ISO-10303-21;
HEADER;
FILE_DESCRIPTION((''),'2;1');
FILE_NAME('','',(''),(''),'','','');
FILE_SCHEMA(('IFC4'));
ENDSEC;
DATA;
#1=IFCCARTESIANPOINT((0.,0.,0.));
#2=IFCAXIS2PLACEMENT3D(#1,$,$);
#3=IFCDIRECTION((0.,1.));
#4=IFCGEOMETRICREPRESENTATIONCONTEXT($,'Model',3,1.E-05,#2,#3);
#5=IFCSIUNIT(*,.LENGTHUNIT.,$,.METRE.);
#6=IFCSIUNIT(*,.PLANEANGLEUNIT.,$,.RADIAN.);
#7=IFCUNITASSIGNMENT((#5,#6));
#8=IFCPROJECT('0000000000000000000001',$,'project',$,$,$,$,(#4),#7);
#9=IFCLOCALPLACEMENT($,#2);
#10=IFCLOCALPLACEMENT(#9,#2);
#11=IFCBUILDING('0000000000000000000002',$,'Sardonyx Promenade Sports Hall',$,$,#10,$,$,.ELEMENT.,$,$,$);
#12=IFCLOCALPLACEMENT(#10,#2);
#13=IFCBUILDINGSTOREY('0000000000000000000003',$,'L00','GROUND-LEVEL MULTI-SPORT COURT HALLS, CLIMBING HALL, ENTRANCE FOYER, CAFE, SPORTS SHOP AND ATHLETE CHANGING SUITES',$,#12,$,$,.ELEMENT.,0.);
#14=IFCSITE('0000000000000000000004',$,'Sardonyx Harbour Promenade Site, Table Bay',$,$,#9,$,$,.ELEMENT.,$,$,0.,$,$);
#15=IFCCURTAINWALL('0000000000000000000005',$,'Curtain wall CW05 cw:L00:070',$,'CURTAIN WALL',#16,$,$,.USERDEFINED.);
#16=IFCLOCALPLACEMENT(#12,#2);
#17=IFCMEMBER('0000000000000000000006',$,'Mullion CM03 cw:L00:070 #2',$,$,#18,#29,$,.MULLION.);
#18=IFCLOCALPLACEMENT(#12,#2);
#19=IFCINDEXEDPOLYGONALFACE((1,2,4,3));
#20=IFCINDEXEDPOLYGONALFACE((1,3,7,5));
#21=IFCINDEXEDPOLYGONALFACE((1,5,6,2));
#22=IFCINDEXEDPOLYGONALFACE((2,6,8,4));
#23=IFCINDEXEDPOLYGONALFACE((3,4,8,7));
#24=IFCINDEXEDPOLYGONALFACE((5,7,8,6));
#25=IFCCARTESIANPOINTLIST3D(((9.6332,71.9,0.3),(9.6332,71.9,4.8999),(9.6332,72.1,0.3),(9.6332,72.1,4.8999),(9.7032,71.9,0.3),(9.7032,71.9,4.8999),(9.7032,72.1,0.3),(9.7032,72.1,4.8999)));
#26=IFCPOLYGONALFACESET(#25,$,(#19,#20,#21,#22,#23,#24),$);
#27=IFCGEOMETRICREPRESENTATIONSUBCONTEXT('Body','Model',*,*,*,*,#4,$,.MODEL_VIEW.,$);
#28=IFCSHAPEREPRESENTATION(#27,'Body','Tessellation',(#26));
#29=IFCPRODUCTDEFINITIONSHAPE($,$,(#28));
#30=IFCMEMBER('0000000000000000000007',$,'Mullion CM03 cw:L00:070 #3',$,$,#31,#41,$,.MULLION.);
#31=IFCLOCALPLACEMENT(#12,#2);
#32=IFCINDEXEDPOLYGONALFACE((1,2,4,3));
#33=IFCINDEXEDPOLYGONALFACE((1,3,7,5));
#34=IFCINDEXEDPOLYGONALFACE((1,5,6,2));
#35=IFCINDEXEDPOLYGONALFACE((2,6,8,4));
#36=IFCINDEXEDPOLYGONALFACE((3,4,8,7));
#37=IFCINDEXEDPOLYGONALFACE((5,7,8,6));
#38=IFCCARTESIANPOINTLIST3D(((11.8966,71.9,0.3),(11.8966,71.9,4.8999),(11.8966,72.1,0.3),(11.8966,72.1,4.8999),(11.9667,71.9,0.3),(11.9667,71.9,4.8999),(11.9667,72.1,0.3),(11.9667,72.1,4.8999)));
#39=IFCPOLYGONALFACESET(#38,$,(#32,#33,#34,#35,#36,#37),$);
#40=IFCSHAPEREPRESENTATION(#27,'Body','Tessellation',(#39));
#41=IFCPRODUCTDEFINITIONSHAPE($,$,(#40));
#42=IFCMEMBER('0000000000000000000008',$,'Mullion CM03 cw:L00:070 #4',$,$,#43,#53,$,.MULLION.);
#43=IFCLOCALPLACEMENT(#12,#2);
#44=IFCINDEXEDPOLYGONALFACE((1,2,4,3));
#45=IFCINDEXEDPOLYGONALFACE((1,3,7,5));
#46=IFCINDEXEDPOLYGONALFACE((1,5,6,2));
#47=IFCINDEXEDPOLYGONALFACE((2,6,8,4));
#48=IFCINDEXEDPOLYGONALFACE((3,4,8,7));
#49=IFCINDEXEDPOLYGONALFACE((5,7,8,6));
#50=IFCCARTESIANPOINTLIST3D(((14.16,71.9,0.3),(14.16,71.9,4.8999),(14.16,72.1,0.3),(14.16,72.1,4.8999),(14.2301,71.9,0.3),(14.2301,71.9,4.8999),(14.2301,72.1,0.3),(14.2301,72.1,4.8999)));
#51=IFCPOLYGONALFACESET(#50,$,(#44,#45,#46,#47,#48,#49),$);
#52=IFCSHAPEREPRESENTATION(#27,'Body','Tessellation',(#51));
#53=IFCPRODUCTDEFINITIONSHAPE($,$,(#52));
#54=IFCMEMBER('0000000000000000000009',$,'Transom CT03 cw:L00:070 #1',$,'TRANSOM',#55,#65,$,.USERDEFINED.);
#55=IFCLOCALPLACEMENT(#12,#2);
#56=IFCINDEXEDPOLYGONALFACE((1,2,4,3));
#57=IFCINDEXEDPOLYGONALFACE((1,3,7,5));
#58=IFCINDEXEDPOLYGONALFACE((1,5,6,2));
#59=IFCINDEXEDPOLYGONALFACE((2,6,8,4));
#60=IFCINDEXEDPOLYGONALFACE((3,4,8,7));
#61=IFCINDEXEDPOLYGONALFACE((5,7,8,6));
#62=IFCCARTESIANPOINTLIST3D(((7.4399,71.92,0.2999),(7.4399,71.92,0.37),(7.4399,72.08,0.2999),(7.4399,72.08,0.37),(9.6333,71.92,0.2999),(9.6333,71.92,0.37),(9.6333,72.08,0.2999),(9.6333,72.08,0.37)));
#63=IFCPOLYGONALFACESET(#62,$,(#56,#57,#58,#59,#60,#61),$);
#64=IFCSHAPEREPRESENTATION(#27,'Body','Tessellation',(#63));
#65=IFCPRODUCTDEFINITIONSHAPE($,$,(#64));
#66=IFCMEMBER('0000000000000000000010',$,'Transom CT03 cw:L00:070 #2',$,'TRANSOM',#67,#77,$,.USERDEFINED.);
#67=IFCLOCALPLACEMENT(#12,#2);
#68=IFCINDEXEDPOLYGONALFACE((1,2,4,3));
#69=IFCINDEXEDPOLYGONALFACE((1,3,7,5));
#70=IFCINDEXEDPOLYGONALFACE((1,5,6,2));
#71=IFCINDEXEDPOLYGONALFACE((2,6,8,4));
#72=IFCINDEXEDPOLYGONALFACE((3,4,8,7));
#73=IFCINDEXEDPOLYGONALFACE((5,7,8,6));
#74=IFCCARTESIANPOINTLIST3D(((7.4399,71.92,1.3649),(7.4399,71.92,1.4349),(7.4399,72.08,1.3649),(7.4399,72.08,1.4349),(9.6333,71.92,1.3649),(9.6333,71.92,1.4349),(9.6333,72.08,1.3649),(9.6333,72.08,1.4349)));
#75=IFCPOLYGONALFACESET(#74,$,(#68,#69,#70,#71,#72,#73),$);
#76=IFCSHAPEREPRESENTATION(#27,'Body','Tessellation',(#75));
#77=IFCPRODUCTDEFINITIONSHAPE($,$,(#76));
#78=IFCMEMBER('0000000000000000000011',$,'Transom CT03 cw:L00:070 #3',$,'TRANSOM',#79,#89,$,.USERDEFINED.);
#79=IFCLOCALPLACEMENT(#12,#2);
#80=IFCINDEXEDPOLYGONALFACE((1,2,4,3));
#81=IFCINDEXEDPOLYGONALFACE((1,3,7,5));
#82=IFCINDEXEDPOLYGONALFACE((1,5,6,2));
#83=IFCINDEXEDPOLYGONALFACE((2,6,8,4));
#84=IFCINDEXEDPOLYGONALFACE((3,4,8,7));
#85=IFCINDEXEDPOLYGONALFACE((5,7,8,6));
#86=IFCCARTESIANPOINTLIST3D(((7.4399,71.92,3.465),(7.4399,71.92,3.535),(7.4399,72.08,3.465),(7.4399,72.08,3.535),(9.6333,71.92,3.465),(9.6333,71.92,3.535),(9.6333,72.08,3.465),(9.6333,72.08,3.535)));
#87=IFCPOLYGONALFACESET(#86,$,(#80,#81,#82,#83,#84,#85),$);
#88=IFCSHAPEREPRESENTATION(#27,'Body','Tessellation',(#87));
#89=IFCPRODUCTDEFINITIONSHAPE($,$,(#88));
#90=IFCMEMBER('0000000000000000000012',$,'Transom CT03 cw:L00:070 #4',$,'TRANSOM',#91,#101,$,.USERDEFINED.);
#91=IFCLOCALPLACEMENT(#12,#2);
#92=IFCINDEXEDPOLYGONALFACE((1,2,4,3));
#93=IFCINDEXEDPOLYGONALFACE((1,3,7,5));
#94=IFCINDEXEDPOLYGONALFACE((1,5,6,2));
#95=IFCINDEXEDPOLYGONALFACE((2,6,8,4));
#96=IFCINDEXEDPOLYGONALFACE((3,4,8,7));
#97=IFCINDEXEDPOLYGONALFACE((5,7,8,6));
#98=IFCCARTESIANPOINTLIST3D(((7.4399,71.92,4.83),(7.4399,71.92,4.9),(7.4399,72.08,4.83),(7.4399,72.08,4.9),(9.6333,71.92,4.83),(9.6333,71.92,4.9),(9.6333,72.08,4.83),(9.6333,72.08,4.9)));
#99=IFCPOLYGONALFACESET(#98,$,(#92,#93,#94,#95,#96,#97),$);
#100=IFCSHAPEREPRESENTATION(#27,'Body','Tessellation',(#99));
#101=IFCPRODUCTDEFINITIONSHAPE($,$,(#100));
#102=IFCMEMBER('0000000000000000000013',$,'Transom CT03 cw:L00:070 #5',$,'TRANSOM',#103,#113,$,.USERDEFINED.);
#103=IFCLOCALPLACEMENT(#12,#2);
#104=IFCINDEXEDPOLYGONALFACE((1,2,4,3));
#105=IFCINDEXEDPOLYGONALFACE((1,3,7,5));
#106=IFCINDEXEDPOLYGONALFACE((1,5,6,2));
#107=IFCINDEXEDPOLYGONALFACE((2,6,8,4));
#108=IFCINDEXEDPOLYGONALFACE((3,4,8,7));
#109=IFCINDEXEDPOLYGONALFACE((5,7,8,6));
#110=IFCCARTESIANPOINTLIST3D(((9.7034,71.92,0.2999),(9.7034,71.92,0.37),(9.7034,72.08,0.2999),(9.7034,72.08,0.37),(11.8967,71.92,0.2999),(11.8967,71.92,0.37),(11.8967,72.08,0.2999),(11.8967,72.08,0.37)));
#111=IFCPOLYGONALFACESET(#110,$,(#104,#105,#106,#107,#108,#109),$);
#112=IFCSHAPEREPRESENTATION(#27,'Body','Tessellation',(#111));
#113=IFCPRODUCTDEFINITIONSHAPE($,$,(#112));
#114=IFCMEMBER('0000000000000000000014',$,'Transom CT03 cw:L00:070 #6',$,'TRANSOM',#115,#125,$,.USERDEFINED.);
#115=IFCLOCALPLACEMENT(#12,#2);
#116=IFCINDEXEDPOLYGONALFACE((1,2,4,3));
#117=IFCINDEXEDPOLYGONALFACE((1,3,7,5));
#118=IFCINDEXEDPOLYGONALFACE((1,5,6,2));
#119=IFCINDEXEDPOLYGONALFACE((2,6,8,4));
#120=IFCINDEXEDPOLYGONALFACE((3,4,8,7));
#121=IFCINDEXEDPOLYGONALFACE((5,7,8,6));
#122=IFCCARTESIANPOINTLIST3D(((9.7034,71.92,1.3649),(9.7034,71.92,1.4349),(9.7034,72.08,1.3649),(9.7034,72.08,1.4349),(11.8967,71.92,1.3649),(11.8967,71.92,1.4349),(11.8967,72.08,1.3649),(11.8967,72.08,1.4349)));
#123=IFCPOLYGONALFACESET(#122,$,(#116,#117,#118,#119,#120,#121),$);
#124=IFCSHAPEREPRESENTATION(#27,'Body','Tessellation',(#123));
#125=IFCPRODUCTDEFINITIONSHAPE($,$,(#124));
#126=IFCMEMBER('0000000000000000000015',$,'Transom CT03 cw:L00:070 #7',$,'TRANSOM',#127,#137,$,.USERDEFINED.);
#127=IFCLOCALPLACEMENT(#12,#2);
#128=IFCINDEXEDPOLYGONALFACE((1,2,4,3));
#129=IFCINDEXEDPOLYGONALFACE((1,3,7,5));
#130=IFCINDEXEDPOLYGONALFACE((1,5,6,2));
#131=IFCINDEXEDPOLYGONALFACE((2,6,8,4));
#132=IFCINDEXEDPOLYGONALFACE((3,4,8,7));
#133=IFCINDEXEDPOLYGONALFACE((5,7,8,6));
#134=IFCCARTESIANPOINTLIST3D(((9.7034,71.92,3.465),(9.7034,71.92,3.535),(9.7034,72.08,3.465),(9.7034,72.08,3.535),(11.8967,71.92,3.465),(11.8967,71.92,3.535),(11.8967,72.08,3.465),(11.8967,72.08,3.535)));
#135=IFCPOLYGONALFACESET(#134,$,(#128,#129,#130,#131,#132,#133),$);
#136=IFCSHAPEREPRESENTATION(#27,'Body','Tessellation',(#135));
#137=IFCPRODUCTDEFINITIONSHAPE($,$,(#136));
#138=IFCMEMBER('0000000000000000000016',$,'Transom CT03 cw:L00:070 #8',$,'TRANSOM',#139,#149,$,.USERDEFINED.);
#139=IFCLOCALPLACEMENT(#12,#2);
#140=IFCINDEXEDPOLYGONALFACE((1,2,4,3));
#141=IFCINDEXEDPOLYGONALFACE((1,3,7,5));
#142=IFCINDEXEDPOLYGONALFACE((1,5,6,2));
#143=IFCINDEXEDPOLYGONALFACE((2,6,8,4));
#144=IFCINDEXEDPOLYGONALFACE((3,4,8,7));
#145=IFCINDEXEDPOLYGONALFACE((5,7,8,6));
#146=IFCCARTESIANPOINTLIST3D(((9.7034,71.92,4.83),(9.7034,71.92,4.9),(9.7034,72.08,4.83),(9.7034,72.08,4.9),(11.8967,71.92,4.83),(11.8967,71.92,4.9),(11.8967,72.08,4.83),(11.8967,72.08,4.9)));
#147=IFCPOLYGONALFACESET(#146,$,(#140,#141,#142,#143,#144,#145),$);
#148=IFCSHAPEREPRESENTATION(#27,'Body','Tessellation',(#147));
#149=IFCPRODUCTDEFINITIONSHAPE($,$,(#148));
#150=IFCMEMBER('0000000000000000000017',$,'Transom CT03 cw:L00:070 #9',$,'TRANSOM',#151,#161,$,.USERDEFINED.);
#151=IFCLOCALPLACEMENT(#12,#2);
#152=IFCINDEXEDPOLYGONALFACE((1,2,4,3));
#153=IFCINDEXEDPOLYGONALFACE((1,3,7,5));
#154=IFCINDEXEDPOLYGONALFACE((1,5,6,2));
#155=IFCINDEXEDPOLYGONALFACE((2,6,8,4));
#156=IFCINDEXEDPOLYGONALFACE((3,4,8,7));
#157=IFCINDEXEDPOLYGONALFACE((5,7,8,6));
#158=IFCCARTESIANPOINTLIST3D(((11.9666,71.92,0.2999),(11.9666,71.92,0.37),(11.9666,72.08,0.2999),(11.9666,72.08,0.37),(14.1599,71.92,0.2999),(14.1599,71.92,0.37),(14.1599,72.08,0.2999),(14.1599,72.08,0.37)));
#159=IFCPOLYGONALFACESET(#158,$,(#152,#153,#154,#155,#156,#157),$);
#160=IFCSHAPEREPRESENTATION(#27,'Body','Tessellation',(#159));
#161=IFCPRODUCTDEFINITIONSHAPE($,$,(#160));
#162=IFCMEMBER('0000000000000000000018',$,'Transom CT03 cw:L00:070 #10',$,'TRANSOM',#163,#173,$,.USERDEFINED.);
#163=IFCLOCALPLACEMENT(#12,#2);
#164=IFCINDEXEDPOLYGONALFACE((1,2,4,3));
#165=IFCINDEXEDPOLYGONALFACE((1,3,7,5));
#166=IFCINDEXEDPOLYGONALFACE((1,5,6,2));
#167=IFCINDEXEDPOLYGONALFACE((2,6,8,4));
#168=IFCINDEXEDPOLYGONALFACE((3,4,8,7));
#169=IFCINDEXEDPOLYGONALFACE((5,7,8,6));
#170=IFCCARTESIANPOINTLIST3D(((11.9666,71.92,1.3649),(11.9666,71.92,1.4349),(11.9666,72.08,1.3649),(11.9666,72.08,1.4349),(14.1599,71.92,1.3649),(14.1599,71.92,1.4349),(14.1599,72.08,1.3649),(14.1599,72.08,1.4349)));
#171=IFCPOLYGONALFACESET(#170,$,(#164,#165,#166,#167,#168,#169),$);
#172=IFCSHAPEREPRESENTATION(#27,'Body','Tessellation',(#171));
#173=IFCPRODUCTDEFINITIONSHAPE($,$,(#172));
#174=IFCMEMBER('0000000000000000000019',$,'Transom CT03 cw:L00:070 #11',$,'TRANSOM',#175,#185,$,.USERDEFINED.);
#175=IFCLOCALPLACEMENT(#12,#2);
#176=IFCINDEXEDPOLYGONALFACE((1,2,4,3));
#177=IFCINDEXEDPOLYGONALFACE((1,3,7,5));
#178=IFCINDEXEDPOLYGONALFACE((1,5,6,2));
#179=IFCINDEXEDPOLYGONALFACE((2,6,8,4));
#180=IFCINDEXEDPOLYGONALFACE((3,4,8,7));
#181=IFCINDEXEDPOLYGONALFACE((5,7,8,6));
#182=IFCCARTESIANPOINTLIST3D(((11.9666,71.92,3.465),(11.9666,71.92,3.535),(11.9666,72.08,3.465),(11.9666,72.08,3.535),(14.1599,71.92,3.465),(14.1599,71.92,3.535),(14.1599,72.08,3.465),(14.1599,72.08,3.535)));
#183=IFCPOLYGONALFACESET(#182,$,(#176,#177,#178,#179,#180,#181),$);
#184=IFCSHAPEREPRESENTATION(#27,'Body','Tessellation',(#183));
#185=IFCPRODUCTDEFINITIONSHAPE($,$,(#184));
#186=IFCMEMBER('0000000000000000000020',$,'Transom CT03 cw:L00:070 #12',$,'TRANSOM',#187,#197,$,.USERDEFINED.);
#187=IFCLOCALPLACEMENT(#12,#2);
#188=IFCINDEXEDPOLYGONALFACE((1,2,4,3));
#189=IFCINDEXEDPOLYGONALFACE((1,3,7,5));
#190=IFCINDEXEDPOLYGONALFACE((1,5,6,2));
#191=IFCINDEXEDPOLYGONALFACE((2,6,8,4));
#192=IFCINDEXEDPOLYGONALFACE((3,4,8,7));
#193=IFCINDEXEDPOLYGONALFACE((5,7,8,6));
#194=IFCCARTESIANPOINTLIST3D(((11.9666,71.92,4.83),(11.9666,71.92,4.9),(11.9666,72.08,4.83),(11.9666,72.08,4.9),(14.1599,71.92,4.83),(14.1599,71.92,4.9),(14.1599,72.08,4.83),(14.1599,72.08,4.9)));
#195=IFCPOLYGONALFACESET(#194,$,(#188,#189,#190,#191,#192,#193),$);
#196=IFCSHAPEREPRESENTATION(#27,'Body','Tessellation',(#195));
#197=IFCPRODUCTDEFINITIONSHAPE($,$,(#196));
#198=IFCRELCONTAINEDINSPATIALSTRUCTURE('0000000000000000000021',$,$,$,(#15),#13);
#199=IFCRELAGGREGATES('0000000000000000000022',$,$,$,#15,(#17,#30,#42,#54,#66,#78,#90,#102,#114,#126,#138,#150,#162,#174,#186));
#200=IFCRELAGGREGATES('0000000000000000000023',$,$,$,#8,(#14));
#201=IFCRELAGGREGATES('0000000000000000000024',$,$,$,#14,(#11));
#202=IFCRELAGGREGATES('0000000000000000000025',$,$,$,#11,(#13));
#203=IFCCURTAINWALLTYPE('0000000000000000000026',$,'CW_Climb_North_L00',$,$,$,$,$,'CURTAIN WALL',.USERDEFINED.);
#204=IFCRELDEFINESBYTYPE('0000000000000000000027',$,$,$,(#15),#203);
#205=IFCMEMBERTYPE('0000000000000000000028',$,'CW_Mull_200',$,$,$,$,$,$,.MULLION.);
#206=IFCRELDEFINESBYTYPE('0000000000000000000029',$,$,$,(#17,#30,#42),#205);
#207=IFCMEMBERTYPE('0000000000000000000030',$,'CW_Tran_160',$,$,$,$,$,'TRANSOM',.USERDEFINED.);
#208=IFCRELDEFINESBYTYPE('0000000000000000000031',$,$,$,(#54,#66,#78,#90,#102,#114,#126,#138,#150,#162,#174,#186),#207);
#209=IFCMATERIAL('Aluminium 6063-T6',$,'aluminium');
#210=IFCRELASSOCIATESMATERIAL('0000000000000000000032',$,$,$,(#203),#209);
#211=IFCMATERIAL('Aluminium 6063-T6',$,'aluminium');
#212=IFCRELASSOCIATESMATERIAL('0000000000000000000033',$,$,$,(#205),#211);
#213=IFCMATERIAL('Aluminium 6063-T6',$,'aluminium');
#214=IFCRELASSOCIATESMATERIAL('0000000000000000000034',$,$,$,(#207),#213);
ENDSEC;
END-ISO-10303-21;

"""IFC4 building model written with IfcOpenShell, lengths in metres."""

from ifc_helpers import new_model, si_unit, direction, frame, origin, origin_2d, place, context, subcontext, project, spatial, rectangle, extrude, material, material_profile, profile_set, type_object, element, aggregate, save


model = new_model("IFC4")

# Units and contexts
model_context = context("Model", 3, precision=1e-05, world=origin(), true_north=direction((0.0, 1.0)))
body_context = subcontext(model_context, "Body", "Model", "MODEL_VIEW")
ifc_project = project(units=[si_unit("LENGTHUNIT", "METRE"), si_unit("PLANEANGLEUNIT", "RADIAN")], contexts=[model_context])

# Site, building, storey
site_placement = place(None, origin())
site = spatial("IfcSite", under=ifc_project, at=site_placement, Name="Sardonyx Harbour Promenade Site, Table Bay", CompositionType="ELEMENT", RefElevation=0.0)
building_placement = place(site_placement, origin())
building = spatial("IfcBuilding", under=site, at=building_placement, Name="Sardonyx Promenade Sports Hall", CompositionType="ELEMENT")
storey_placement = place(building_placement, origin())
storey = spatial("IfcBuildingStorey", under=building, at=storey_placement, Name="L00", Description="GROUND-LEVEL MULTI-SPORT COURT HALLS, CLIMBING HALL, ENTRANCE FOYER, CAFE, SPORTS SHOP AND ATHLETE CHANGING SUITES", CompositionType="ELEMENT", Elevation=0.0)

# Curtain wall, members
ifc_material_1 = material(Name="Aluminium 6063-T6", Category="aluminium")
curtain_wall_type = type_object("IfcCurtainWallType", Name="CW_Climb_North_L00", ElementType="CURTAIN WALL", PredefinedType="USERDEFINED", material=ifc_material_1)
curtain_wall_placement = place(storey_placement, origin())
curtain_wall = element("IfcCurtainWall", 1, at=curtain_wall_placement, inside=storey, type_object=curtain_wall_type, Name="Curtain wall CW05 cw:L00:070", ObjectType="CURTAIN WALL", PredefinedType="USERDEFINED")
ifc_material_2 = material(Name="Aluminium 6063-T6", Category="aluminium")
ifc_material_profile_1 = material_profile(ifc_material_2, rectangle(XDim=0.0701, YDim=0.2, at=origin_2d()))
ifc_profile_set_1 = profile_set([ifc_material_profile_1], Name="Aluminium 6063-T6")
member_type_1 = type_object("IfcMemberType", Name="CW_Mull_200", PredefinedType="MULLION", material=ifc_profile_set_1)
member_1_placement = place(storey_placement, frame((9.6682, 72.0, 0.3), z_axis=(0.0, 0.0, 1.0), x_axis=(1.0, 0.0, 0.0)))
member_1 = element("IfcMember", 2, at=member_1_placement, type_object=member_type_1, Name="Mullion CM03 cw:L00:070 #2", PredefinedType="MULLION", context=body_context, shape_type="SweptSolid", body=[
    extrude(rectangle(XDim=0.0701, YDim=0.2, at=origin_2d()), origin(), (0.0, 0.0, 1.0), 4.5999),
])
member_2_placement = place(storey_placement, frame((11.9316, 72.0, 0.3), z_axis=(0.0, 0.0, 1.0), x_axis=(1.0, 0.0, 0.0)))
member_2 = element("IfcMember", 3, at=member_2_placement, type_object=member_type_1, Name="Mullion CM03 cw:L00:070 #3", PredefinedType="MULLION", context=body_context, shape_type="SweptSolid", body=[
    extrude(rectangle(XDim=0.0701, YDim=0.2, at=origin_2d()), origin(), (0.0, 0.0, 1.0), 4.5999),
])
member_3_placement = place(storey_placement, frame((14.1951, 72.0, 0.3), z_axis=(0.0, 0.0, 1.0), x_axis=(1.0, 0.0, 0.0)))
member_3 = element("IfcMember", 4, at=member_3_placement, type_object=member_type_1, Name="Mullion CM03 cw:L00:070 #4", PredefinedType="MULLION", context=body_context, shape_type="SweptSolid", body=[
    extrude(rectangle(XDim=0.0701, YDim=0.2, at=origin_2d()), origin(), (0.0, 0.0, 1.0), 4.5999),
])
ifc_material_3 = material(Name="Aluminium 6063-T6", Category="aluminium")
ifc_material_profile_2 = material_profile(ifc_material_3, rectangle(XDim=0.0701, YDim=0.1599, at=origin_2d()))
ifc_profile_set_2 = profile_set([ifc_material_profile_2], Name="Aluminium 6063-T6")
member_type_2 = type_object("IfcMemberType", Name="CW_Tran_160", ElementType="TRANSOM", PredefinedType="USERDEFINED", material=ifc_profile_set_2)
member_4_placement = place(storey_placement, frame((7.4399, 72.0, 0.335), z_axis=(1.0, 0.0, 0.0), x_axis=(0.0, 0.0, 1.0)))
member_4 = element("IfcMember", 5, at=member_4_placement, type_object=member_type_2, Name="Transom CT03 cw:L00:070 #1", ObjectType="TRANSOM", PredefinedType="USERDEFINED", context=body_context, shape_type="SweptSolid", body=[
    extrude(rectangle(XDim=0.0701, YDim=0.1599, at=origin_2d()), origin(), (0.0, 0.0, 1.0), 2.1934),
])
member_5_placement = place(storey_placement, frame((7.4399, 72.0, 1.3999), z_axis=(1.0, 0.0, 0.0), x_axis=(0.0, 0.0, 1.0)))
member_5 = element("IfcMember", 6, at=member_5_placement, type_object=member_type_2, Name="Transom CT03 cw:L00:070 #2", ObjectType="TRANSOM", PredefinedType="USERDEFINED", context=body_context, shape_type="SweptSolid", body=[
    extrude(rectangle(XDim=0.0701, YDim=0.1599, at=origin_2d()), origin(), (0.0, 0.0, 1.0), 2.1934),
])
member_6_placement = place(storey_placement, frame((7.4399, 72.0, 3.5), z_axis=(1.0, 0.0, 0.0), x_axis=(0.0, 0.0, 1.0)))
member_6 = element("IfcMember", 7, at=member_6_placement, type_object=member_type_2, Name="Transom CT03 cw:L00:070 #3", ObjectType="TRANSOM", PredefinedType="USERDEFINED", context=body_context, shape_type="SweptSolid", body=[
    extrude(rectangle(XDim=0.0701, YDim=0.1599, at=origin_2d()), origin(), (0.0, 0.0, 1.0), 2.1934),
])
member_7_placement = place(storey_placement, frame((7.4399, 72.0, 4.865), z_axis=(1.0, 0.0, 0.0), x_axis=(0.0, 0.0, 1.0)))
member_7 = element("IfcMember", 8, at=member_7_placement, type_object=member_type_2, Name="Transom CT03 cw:L00:070 #4", ObjectType="TRANSOM", PredefinedType="USERDEFINED", context=body_context, shape_type="SweptSolid", body=[
    extrude(rectangle(XDim=0.0701, YDim=0.1599, at=origin_2d()), origin(), (0.0, 0.0, 1.0), 2.1934),
])
member_8_placement = place(storey_placement, frame((9.7034, 72.0, 0.335), z_axis=(1.0, 0.0, 0.0), x_axis=(0.0, 0.0, 1.0)))
member_8 = element("IfcMember", 9, at=member_8_placement, type_object=member_type_2, Name="Transom CT03 cw:L00:070 #5", ObjectType="TRANSOM", PredefinedType="USERDEFINED", context=body_context, shape_type="SweptSolid", body=[
    extrude(rectangle(XDim=0.0701, YDim=0.1599, at=origin_2d()), origin(), (0.0, 0.0, 1.0), 2.1934),
])
member_9_placement = place(storey_placement, frame((9.7034, 72.0, 1.3999), z_axis=(1.0, 0.0, 0.0), x_axis=(0.0, 0.0, 1.0)))
member_9 = element("IfcMember", 10, at=member_9_placement, type_object=member_type_2, Name="Transom CT03 cw:L00:070 #6", ObjectType="TRANSOM", PredefinedType="USERDEFINED", context=body_context, shape_type="SweptSolid", body=[
    extrude(rectangle(XDim=0.0701, YDim=0.1599, at=origin_2d()), origin(), (0.0, 0.0, 1.0), 2.1934),
])
member_10_placement = place(storey_placement, frame((9.7034, 72.0, 3.5), z_axis=(1.0, 0.0, 0.0), x_axis=(0.0, 0.0, 1.0)))
member_10 = element("IfcMember", 11, at=member_10_placement, type_object=member_type_2, Name="Transom CT03 cw:L00:070 #7", ObjectType="TRANSOM", PredefinedType="USERDEFINED", context=body_context, shape_type="SweptSolid", body=[
    extrude(rectangle(XDim=0.0701, YDim=0.1599, at=origin_2d()), origin(), (0.0, 0.0, 1.0), 2.1934),
])
member_11_placement = place(storey_placement, frame((9.7034, 72.0, 4.865), z_axis=(1.0, 0.0, 0.0), x_axis=(0.0, 0.0, 1.0)))
member_11 = element("IfcMember", 12, at=member_11_placement, type_object=member_type_2, Name="Transom CT03 cw:L00:070 #8", ObjectType="TRANSOM", PredefinedType="USERDEFINED", context=body_context, shape_type="SweptSolid", body=[
    extrude(rectangle(XDim=0.0701, YDim=0.1599, at=origin_2d()), origin(), (0.0, 0.0, 1.0), 2.1934),
])
member_12_placement = place(storey_placement, frame((11.9666, 72.0, 0.335), z_axis=(1.0, 0.0, 0.0), x_axis=(0.0, 0.0, 1.0)))
member_12 = element("IfcMember", 13, at=member_12_placement, type_object=member_type_2, Name="Transom CT03 cw:L00:070 #9", ObjectType="TRANSOM", PredefinedType="USERDEFINED", context=body_context, shape_type="SweptSolid", body=[
    extrude(rectangle(XDim=0.0701, YDim=0.1599, at=origin_2d()), origin(), (0.0, 0.0, 1.0), 2.1934),
])
member_13_placement = place(storey_placement, frame((11.9666, 72.0, 1.3999), z_axis=(1.0, 0.0, 0.0), x_axis=(0.0, 0.0, 1.0)))
member_13 = element("IfcMember", 14, at=member_13_placement, type_object=member_type_2, Name="Transom CT03 cw:L00:070 #10", ObjectType="TRANSOM", PredefinedType="USERDEFINED", context=body_context, shape_type="SweptSolid", body=[
    extrude(rectangle(XDim=0.0701, YDim=0.1599, at=origin_2d()), origin(), (0.0, 0.0, 1.0), 2.1934),
])
member_14_placement = place(storey_placement, frame((11.9666, 72.0, 3.5), z_axis=(1.0, 0.0, 0.0), x_axis=(0.0, 0.0, 1.0)))
member_14 = element("IfcMember", 15, at=member_14_placement, type_object=member_type_2, Name="Transom CT03 cw:L00:070 #11", ObjectType="TRANSOM", PredefinedType="USERDEFINED", context=body_context, shape_type="SweptSolid", body=[
    extrude(rectangle(XDim=0.0701, YDim=0.1599, at=origin_2d()), origin(), (0.0, 0.0, 1.0), 2.1934),
])
member_15_placement = place(storey_placement, frame((11.9666, 72.0, 4.865), z_axis=(1.0, 0.0, 0.0), x_axis=(0.0, 0.0, 1.0)))
member_15 = element("IfcMember", 16, at=member_15_placement, type_object=member_type_2, Name="Transom CT03 cw:L00:070 #12", ObjectType="TRANSOM", PredefinedType="USERDEFINED", context=body_context, shape_type="SweptSolid", body=[
    extrude(rectangle(XDim=0.0701, YDim=0.1599, at=origin_2d()), origin(), (0.0, 0.0, 1.0), 2.1934),
])
aggregate(curtain_wall, [member_1, member_2, member_3, member_4, member_5, member_6, member_7, member_8, member_9, member_10, member_11, member_12, member_13, member_14, member_15])

save(model, "model.ifc")
